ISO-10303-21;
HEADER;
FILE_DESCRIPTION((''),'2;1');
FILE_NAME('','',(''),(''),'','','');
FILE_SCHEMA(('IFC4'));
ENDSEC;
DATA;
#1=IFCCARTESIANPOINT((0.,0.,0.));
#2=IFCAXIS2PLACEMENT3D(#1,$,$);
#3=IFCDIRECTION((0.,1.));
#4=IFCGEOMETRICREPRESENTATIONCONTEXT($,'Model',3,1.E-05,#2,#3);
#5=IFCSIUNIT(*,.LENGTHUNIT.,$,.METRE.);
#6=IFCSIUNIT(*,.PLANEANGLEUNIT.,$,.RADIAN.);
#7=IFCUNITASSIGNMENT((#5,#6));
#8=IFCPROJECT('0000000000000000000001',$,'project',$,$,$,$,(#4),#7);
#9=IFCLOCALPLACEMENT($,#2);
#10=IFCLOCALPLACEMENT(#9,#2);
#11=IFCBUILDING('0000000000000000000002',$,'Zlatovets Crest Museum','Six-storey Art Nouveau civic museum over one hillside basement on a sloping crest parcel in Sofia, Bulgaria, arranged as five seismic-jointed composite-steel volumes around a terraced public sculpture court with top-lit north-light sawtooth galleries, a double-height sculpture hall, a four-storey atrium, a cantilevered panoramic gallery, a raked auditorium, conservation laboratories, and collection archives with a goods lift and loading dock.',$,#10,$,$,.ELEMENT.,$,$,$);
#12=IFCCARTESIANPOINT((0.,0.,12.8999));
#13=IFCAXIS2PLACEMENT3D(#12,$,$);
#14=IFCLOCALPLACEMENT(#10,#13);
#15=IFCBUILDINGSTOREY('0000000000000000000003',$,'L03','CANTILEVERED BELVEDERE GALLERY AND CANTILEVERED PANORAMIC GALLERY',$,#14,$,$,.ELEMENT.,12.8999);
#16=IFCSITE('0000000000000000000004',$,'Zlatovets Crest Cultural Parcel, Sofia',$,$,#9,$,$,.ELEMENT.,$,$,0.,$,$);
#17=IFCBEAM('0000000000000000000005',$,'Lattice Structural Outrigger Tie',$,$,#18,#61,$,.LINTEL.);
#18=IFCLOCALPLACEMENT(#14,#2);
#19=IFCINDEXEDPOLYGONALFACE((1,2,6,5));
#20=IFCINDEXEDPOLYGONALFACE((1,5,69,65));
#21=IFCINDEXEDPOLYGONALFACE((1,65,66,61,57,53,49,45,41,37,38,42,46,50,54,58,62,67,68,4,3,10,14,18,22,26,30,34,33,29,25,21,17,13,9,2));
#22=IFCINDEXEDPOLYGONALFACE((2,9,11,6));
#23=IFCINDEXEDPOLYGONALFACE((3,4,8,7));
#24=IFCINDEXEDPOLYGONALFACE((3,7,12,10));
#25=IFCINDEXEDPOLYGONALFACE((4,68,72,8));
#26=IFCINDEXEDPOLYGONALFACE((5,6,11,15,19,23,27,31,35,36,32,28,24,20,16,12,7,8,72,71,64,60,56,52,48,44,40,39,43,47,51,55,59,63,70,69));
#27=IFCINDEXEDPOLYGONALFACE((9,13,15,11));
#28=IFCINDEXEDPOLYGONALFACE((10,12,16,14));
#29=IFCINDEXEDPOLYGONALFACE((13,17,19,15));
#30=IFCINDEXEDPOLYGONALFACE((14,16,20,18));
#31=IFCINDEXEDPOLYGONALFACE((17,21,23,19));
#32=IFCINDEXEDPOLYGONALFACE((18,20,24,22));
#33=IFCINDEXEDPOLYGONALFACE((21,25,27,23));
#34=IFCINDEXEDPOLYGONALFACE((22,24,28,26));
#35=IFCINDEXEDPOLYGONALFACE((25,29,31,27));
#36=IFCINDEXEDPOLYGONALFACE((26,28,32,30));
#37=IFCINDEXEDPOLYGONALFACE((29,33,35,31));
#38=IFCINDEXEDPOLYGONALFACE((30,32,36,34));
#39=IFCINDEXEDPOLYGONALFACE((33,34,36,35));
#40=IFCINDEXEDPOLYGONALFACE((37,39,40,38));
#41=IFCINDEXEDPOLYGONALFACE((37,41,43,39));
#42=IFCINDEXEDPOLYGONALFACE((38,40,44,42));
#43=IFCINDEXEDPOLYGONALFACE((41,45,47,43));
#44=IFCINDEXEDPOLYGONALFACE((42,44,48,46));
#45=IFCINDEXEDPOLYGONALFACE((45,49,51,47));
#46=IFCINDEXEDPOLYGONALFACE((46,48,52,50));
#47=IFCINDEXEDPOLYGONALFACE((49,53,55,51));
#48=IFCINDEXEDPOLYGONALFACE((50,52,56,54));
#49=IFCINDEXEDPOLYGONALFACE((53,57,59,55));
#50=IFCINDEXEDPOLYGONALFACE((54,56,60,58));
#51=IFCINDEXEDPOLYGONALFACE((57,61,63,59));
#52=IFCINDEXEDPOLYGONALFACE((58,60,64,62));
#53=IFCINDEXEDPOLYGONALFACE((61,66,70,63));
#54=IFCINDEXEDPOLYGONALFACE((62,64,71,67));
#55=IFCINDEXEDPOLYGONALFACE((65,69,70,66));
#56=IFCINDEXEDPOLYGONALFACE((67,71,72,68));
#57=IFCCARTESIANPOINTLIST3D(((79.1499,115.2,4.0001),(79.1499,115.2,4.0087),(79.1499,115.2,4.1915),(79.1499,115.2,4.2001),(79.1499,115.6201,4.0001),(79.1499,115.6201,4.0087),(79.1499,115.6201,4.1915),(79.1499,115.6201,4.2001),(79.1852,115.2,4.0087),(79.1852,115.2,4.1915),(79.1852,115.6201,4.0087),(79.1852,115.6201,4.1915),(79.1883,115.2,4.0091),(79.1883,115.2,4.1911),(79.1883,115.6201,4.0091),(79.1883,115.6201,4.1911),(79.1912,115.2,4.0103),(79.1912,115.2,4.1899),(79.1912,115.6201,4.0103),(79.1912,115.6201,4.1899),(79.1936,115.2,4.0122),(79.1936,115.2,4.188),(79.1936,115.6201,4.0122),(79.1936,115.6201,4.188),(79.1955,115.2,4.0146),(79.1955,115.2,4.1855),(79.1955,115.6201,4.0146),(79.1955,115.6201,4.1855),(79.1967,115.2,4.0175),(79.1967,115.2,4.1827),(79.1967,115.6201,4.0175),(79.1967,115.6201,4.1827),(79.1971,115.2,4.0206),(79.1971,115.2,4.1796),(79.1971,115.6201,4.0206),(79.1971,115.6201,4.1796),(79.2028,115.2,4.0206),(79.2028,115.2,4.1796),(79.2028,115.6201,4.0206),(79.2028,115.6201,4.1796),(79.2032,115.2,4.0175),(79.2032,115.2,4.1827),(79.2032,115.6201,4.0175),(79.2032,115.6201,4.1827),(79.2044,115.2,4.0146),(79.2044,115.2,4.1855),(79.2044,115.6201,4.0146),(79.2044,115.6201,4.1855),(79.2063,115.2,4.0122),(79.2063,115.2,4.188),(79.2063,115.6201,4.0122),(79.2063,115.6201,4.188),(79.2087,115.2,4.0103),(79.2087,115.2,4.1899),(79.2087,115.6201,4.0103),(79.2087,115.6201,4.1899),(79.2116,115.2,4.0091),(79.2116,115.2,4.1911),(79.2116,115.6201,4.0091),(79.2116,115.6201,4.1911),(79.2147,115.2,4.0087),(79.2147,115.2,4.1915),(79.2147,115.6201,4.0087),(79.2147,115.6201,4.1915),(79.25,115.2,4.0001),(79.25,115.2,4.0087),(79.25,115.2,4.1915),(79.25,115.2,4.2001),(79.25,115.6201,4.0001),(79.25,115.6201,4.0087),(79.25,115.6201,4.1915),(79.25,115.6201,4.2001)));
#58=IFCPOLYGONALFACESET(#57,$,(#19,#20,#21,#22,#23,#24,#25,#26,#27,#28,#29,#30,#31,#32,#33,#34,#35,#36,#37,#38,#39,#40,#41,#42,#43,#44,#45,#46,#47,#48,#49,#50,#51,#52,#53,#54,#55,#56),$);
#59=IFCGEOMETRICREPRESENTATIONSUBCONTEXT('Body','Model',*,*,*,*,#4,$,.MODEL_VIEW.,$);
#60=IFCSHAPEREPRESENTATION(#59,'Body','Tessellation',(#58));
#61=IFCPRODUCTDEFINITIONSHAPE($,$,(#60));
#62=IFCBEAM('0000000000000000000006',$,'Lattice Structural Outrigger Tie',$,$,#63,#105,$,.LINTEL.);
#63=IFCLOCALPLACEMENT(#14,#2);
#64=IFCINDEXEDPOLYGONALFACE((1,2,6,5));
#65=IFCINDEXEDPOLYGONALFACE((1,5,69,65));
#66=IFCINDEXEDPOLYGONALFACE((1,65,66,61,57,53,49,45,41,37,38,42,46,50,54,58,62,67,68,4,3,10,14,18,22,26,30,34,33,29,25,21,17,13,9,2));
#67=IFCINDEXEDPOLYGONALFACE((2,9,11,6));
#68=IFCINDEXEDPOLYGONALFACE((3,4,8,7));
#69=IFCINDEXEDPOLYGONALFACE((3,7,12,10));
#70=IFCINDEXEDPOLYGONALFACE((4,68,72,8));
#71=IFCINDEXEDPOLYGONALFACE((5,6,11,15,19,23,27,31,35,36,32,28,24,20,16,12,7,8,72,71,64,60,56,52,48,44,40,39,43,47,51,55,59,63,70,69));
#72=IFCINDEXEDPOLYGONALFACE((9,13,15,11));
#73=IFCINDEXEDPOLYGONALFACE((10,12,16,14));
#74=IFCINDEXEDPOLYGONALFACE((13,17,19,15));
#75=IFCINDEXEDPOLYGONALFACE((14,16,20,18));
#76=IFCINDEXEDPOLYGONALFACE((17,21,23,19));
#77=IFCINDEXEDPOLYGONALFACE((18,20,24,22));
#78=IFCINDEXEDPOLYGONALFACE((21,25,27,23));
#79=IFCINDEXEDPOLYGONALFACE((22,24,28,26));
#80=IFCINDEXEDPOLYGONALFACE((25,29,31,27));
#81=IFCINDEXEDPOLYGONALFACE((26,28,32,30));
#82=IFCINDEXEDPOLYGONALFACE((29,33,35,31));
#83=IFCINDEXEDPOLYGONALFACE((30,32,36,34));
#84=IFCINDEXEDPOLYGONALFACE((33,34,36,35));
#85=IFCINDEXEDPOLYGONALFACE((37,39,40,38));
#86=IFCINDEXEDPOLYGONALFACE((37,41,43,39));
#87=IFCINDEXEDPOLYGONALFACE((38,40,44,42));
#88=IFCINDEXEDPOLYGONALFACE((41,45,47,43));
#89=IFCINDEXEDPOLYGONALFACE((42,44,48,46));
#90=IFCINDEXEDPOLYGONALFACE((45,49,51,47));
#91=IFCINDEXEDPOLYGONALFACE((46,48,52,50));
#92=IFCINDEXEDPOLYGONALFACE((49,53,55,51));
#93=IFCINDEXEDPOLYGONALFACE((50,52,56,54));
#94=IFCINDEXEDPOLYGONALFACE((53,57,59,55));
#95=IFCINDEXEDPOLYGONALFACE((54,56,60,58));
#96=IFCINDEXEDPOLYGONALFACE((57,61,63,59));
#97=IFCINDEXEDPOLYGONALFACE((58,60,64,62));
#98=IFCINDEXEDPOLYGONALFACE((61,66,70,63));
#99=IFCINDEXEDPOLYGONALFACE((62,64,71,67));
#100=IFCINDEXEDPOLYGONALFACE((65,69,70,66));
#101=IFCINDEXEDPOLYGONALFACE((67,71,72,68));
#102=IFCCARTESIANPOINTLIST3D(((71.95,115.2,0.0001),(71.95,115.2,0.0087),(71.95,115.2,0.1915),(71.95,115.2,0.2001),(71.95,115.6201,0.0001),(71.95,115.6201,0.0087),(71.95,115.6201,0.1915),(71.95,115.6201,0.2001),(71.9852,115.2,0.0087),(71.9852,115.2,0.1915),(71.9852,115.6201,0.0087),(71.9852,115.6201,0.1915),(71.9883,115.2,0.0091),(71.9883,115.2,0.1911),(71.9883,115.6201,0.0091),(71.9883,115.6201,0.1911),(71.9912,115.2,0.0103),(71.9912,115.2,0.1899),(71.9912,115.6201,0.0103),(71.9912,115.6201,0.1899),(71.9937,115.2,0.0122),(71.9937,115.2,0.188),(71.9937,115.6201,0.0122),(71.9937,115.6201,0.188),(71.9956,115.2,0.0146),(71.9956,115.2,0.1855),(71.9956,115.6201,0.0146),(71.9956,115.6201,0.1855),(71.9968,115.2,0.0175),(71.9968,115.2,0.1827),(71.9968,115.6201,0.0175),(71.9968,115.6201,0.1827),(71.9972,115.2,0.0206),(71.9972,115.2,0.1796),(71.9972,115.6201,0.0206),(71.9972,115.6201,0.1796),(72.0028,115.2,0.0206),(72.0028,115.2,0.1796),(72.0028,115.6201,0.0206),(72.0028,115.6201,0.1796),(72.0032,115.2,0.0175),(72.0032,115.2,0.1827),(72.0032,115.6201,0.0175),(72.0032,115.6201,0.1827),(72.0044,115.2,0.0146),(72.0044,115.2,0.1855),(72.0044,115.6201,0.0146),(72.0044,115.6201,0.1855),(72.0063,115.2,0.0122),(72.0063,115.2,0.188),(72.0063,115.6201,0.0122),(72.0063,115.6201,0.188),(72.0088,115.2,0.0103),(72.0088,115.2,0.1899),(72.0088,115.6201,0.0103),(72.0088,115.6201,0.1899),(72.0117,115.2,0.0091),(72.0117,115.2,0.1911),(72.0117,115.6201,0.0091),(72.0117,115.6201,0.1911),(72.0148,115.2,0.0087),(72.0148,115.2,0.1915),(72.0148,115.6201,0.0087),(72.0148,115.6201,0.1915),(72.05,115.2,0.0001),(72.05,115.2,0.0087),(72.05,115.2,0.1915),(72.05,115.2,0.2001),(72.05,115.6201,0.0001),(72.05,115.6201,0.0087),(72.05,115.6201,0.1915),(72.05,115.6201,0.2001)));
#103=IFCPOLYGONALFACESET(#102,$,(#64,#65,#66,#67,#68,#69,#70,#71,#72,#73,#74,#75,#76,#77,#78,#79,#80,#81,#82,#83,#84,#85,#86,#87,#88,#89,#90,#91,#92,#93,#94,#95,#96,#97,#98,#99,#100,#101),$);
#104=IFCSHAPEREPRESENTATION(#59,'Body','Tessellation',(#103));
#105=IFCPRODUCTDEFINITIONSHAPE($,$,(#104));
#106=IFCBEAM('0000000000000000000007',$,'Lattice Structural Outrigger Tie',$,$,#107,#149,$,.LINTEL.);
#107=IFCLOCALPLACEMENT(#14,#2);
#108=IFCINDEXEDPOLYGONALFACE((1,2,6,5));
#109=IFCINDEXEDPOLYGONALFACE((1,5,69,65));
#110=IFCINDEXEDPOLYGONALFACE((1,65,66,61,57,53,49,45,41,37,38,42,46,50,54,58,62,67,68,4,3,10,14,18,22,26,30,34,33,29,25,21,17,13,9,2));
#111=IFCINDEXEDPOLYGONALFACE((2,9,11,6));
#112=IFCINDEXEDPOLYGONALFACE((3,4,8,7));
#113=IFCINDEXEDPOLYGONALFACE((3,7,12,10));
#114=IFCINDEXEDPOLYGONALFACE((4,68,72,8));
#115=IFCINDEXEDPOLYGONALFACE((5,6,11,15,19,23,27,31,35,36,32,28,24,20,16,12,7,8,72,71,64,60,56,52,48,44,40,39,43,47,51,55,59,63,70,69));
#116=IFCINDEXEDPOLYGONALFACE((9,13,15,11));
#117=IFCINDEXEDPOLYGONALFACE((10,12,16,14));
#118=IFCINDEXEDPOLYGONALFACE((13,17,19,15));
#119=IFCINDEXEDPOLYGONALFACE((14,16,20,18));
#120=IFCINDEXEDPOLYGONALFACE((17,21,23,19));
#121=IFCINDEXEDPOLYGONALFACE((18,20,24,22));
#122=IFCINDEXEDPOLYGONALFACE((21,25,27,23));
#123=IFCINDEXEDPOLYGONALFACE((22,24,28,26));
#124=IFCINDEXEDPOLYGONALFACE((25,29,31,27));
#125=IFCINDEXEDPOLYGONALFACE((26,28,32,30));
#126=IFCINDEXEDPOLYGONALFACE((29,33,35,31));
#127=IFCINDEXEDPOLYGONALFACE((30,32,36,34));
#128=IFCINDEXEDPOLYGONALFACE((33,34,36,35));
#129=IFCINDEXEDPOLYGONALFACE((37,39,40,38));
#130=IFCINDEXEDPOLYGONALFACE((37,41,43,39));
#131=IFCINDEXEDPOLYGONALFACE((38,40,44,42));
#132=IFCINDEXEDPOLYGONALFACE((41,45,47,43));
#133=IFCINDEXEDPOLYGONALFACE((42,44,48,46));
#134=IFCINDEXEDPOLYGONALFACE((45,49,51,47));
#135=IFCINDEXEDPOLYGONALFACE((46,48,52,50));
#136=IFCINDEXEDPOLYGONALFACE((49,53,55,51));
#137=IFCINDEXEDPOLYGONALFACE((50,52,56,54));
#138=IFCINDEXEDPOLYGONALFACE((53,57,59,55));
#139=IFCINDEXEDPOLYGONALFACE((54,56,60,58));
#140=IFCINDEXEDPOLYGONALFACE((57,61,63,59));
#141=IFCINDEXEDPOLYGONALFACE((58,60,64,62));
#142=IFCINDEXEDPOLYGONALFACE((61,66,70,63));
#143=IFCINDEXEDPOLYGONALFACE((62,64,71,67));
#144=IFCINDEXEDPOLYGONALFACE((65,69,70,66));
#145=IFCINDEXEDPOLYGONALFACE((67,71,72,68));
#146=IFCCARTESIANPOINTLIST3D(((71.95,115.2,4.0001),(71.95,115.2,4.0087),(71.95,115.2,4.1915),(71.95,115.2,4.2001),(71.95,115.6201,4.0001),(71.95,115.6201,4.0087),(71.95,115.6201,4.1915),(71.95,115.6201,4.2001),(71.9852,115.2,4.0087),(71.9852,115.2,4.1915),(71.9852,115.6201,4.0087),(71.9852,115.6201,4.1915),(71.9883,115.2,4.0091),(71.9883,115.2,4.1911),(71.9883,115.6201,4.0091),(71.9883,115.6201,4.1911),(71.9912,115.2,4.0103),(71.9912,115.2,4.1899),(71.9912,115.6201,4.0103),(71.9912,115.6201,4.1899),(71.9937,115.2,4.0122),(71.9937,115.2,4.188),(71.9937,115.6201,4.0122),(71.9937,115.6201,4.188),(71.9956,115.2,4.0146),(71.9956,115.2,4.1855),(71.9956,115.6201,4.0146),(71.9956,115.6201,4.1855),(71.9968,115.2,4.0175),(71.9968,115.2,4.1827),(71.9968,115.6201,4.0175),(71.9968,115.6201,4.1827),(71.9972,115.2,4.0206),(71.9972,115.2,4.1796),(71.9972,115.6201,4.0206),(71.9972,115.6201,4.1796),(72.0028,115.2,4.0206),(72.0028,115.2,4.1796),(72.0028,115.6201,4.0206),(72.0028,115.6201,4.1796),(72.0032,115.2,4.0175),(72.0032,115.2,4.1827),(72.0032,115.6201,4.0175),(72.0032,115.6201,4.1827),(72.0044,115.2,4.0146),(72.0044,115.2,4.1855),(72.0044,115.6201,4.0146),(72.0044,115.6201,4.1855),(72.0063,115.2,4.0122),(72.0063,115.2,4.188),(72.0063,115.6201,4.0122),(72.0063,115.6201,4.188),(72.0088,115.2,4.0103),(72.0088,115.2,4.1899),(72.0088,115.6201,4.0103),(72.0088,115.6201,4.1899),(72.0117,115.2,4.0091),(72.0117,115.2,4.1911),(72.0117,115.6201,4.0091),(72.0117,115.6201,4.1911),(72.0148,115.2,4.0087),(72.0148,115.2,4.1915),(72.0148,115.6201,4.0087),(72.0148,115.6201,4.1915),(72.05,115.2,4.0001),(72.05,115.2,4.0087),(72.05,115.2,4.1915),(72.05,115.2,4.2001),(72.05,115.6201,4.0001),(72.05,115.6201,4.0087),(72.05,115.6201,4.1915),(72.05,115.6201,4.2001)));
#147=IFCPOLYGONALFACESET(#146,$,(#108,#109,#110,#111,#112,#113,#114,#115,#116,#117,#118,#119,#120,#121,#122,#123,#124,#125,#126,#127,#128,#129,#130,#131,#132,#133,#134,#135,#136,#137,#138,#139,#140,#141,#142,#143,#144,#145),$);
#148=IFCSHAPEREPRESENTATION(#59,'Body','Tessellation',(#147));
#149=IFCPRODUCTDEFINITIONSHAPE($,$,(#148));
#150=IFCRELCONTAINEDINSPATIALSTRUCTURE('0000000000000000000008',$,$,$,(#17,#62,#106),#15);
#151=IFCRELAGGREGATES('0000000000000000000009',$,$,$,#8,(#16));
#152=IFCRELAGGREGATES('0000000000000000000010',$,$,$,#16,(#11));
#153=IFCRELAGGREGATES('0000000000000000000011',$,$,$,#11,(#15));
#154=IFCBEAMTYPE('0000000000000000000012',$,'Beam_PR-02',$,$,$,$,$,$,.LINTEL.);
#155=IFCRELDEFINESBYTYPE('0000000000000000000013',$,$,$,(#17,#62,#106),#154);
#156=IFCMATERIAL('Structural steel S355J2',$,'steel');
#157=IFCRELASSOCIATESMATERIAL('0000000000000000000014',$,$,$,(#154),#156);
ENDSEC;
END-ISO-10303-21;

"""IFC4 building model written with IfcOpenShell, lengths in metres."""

from ifc_helpers import new_model, si_unit, direction, frame, origin, origin_2d, place, context, subcontext, project, spatial, i_section, extrude, material, material_profile, profile_set, type_object, element, save


model = new_model("IFC4")

# Units and contexts
model_context = context("Model", 3, precision=1e-05, world=origin(), true_north=direction((0.0, 1.0)))
body_context = subcontext(model_context, "Body", "Model", "MODEL_VIEW")
ifc_project = project(units=[si_unit("LENGTHUNIT", "METRE"), si_unit("PLANEANGLEUNIT", "RADIAN")], contexts=[model_context])

# Site, building, storey
site_placement = place(None, origin())
site = spatial("IfcSite", under=ifc_project, at=site_placement, Name="Zlatovets Crest Cultural Parcel, Sofia", CompositionType="ELEMENT", RefElevation=0.0)
building_placement = place(site_placement, origin())
building = spatial("IfcBuilding", under=site, at=building_placement, Name="Zlatovets Crest Museum", Description="Six-storey Art Nouveau civic museum over one hillside basement on a sloping crest parcel in Sofia, Bulgaria, arranged as five seismic-jointed composite-steel volumes around a terraced public sculpture court with top-lit north-light sawtooth galleries, a double-height sculpture hall, a four-storey atrium, a cantilevered panoramic gallery, a raked auditorium, conservation laboratories, and collection archives with a goods lift and loading dock.", CompositionType="ELEMENT")
storey_placement = place(building_placement, frame((0.0, 0.0, 12.8999)))
storey = spatial("IfcBuildingStorey", under=building, at=storey_placement, Name="L03", Description="CANTILEVERED BELVEDERE GALLERY AND CANTILEVERED PANORAMIC GALLERY", CompositionType="ELEMENT", Elevation=12.8999)

# Shared definitions
ifc_material_1 = material(Name="Structural steel S355J2", Category="steel")

# Beams
ifc_material_profile_1 = material_profile(ifc_material_1, i_section(OverallWidth=0.1001, OverallDepth=0.2, WebThickness=0.0056, FlangeThickness=0.0085, FilletRadius=0.012, at=origin_2d()), Name="IPE 200")
ifc_profile_set_1 = profile_set([ifc_material_profile_1], Name="Structural steel S355J2")
beam_type_1 = type_object("IfcBeamType", Name="Beam_PR-02", PredefinedType="LINTEL", material=ifc_profile_set_1)
for number, where, z_axis, x_axis, name in (
    (1, (79.2, 115.2, 4.1001), (0.0, 1.0, 0.0), (-1.0, 0.0, 0.0), "Lattice Structural Outrigger Tie"),
    (2, (72.0, 115.2, 0.1001), (0.0, 1.0, 0.0), (-1.0, 0.0, 0.0), "Lattice Structural Outrigger Tie"),
    (3, (72.0, 115.2, 4.1001), (0.0, 1.0, 0.0), (-1.0, 0.0, 0.0), "Lattice Structural Outrigger Tie"),
):
    element("IfcBeam", number, at=place(storey_placement, frame(where, z_axis=z_axis, x_axis=x_axis)), inside=storey, type_object=beam_type_1, Name=name, PredefinedType="LINTEL", context=body_context, shape_type="SweptSolid", body=[
        extrude(i_section(OverallWidth=0.1001, OverallDepth=0.2, WebThickness=0.0056, FlangeThickness=0.0085, FilletRadius=0.012, at=origin_2d()), origin(), (0.0, 0.0, 1.0), 0.4202),
    ])

save(model, "model.ifc")
